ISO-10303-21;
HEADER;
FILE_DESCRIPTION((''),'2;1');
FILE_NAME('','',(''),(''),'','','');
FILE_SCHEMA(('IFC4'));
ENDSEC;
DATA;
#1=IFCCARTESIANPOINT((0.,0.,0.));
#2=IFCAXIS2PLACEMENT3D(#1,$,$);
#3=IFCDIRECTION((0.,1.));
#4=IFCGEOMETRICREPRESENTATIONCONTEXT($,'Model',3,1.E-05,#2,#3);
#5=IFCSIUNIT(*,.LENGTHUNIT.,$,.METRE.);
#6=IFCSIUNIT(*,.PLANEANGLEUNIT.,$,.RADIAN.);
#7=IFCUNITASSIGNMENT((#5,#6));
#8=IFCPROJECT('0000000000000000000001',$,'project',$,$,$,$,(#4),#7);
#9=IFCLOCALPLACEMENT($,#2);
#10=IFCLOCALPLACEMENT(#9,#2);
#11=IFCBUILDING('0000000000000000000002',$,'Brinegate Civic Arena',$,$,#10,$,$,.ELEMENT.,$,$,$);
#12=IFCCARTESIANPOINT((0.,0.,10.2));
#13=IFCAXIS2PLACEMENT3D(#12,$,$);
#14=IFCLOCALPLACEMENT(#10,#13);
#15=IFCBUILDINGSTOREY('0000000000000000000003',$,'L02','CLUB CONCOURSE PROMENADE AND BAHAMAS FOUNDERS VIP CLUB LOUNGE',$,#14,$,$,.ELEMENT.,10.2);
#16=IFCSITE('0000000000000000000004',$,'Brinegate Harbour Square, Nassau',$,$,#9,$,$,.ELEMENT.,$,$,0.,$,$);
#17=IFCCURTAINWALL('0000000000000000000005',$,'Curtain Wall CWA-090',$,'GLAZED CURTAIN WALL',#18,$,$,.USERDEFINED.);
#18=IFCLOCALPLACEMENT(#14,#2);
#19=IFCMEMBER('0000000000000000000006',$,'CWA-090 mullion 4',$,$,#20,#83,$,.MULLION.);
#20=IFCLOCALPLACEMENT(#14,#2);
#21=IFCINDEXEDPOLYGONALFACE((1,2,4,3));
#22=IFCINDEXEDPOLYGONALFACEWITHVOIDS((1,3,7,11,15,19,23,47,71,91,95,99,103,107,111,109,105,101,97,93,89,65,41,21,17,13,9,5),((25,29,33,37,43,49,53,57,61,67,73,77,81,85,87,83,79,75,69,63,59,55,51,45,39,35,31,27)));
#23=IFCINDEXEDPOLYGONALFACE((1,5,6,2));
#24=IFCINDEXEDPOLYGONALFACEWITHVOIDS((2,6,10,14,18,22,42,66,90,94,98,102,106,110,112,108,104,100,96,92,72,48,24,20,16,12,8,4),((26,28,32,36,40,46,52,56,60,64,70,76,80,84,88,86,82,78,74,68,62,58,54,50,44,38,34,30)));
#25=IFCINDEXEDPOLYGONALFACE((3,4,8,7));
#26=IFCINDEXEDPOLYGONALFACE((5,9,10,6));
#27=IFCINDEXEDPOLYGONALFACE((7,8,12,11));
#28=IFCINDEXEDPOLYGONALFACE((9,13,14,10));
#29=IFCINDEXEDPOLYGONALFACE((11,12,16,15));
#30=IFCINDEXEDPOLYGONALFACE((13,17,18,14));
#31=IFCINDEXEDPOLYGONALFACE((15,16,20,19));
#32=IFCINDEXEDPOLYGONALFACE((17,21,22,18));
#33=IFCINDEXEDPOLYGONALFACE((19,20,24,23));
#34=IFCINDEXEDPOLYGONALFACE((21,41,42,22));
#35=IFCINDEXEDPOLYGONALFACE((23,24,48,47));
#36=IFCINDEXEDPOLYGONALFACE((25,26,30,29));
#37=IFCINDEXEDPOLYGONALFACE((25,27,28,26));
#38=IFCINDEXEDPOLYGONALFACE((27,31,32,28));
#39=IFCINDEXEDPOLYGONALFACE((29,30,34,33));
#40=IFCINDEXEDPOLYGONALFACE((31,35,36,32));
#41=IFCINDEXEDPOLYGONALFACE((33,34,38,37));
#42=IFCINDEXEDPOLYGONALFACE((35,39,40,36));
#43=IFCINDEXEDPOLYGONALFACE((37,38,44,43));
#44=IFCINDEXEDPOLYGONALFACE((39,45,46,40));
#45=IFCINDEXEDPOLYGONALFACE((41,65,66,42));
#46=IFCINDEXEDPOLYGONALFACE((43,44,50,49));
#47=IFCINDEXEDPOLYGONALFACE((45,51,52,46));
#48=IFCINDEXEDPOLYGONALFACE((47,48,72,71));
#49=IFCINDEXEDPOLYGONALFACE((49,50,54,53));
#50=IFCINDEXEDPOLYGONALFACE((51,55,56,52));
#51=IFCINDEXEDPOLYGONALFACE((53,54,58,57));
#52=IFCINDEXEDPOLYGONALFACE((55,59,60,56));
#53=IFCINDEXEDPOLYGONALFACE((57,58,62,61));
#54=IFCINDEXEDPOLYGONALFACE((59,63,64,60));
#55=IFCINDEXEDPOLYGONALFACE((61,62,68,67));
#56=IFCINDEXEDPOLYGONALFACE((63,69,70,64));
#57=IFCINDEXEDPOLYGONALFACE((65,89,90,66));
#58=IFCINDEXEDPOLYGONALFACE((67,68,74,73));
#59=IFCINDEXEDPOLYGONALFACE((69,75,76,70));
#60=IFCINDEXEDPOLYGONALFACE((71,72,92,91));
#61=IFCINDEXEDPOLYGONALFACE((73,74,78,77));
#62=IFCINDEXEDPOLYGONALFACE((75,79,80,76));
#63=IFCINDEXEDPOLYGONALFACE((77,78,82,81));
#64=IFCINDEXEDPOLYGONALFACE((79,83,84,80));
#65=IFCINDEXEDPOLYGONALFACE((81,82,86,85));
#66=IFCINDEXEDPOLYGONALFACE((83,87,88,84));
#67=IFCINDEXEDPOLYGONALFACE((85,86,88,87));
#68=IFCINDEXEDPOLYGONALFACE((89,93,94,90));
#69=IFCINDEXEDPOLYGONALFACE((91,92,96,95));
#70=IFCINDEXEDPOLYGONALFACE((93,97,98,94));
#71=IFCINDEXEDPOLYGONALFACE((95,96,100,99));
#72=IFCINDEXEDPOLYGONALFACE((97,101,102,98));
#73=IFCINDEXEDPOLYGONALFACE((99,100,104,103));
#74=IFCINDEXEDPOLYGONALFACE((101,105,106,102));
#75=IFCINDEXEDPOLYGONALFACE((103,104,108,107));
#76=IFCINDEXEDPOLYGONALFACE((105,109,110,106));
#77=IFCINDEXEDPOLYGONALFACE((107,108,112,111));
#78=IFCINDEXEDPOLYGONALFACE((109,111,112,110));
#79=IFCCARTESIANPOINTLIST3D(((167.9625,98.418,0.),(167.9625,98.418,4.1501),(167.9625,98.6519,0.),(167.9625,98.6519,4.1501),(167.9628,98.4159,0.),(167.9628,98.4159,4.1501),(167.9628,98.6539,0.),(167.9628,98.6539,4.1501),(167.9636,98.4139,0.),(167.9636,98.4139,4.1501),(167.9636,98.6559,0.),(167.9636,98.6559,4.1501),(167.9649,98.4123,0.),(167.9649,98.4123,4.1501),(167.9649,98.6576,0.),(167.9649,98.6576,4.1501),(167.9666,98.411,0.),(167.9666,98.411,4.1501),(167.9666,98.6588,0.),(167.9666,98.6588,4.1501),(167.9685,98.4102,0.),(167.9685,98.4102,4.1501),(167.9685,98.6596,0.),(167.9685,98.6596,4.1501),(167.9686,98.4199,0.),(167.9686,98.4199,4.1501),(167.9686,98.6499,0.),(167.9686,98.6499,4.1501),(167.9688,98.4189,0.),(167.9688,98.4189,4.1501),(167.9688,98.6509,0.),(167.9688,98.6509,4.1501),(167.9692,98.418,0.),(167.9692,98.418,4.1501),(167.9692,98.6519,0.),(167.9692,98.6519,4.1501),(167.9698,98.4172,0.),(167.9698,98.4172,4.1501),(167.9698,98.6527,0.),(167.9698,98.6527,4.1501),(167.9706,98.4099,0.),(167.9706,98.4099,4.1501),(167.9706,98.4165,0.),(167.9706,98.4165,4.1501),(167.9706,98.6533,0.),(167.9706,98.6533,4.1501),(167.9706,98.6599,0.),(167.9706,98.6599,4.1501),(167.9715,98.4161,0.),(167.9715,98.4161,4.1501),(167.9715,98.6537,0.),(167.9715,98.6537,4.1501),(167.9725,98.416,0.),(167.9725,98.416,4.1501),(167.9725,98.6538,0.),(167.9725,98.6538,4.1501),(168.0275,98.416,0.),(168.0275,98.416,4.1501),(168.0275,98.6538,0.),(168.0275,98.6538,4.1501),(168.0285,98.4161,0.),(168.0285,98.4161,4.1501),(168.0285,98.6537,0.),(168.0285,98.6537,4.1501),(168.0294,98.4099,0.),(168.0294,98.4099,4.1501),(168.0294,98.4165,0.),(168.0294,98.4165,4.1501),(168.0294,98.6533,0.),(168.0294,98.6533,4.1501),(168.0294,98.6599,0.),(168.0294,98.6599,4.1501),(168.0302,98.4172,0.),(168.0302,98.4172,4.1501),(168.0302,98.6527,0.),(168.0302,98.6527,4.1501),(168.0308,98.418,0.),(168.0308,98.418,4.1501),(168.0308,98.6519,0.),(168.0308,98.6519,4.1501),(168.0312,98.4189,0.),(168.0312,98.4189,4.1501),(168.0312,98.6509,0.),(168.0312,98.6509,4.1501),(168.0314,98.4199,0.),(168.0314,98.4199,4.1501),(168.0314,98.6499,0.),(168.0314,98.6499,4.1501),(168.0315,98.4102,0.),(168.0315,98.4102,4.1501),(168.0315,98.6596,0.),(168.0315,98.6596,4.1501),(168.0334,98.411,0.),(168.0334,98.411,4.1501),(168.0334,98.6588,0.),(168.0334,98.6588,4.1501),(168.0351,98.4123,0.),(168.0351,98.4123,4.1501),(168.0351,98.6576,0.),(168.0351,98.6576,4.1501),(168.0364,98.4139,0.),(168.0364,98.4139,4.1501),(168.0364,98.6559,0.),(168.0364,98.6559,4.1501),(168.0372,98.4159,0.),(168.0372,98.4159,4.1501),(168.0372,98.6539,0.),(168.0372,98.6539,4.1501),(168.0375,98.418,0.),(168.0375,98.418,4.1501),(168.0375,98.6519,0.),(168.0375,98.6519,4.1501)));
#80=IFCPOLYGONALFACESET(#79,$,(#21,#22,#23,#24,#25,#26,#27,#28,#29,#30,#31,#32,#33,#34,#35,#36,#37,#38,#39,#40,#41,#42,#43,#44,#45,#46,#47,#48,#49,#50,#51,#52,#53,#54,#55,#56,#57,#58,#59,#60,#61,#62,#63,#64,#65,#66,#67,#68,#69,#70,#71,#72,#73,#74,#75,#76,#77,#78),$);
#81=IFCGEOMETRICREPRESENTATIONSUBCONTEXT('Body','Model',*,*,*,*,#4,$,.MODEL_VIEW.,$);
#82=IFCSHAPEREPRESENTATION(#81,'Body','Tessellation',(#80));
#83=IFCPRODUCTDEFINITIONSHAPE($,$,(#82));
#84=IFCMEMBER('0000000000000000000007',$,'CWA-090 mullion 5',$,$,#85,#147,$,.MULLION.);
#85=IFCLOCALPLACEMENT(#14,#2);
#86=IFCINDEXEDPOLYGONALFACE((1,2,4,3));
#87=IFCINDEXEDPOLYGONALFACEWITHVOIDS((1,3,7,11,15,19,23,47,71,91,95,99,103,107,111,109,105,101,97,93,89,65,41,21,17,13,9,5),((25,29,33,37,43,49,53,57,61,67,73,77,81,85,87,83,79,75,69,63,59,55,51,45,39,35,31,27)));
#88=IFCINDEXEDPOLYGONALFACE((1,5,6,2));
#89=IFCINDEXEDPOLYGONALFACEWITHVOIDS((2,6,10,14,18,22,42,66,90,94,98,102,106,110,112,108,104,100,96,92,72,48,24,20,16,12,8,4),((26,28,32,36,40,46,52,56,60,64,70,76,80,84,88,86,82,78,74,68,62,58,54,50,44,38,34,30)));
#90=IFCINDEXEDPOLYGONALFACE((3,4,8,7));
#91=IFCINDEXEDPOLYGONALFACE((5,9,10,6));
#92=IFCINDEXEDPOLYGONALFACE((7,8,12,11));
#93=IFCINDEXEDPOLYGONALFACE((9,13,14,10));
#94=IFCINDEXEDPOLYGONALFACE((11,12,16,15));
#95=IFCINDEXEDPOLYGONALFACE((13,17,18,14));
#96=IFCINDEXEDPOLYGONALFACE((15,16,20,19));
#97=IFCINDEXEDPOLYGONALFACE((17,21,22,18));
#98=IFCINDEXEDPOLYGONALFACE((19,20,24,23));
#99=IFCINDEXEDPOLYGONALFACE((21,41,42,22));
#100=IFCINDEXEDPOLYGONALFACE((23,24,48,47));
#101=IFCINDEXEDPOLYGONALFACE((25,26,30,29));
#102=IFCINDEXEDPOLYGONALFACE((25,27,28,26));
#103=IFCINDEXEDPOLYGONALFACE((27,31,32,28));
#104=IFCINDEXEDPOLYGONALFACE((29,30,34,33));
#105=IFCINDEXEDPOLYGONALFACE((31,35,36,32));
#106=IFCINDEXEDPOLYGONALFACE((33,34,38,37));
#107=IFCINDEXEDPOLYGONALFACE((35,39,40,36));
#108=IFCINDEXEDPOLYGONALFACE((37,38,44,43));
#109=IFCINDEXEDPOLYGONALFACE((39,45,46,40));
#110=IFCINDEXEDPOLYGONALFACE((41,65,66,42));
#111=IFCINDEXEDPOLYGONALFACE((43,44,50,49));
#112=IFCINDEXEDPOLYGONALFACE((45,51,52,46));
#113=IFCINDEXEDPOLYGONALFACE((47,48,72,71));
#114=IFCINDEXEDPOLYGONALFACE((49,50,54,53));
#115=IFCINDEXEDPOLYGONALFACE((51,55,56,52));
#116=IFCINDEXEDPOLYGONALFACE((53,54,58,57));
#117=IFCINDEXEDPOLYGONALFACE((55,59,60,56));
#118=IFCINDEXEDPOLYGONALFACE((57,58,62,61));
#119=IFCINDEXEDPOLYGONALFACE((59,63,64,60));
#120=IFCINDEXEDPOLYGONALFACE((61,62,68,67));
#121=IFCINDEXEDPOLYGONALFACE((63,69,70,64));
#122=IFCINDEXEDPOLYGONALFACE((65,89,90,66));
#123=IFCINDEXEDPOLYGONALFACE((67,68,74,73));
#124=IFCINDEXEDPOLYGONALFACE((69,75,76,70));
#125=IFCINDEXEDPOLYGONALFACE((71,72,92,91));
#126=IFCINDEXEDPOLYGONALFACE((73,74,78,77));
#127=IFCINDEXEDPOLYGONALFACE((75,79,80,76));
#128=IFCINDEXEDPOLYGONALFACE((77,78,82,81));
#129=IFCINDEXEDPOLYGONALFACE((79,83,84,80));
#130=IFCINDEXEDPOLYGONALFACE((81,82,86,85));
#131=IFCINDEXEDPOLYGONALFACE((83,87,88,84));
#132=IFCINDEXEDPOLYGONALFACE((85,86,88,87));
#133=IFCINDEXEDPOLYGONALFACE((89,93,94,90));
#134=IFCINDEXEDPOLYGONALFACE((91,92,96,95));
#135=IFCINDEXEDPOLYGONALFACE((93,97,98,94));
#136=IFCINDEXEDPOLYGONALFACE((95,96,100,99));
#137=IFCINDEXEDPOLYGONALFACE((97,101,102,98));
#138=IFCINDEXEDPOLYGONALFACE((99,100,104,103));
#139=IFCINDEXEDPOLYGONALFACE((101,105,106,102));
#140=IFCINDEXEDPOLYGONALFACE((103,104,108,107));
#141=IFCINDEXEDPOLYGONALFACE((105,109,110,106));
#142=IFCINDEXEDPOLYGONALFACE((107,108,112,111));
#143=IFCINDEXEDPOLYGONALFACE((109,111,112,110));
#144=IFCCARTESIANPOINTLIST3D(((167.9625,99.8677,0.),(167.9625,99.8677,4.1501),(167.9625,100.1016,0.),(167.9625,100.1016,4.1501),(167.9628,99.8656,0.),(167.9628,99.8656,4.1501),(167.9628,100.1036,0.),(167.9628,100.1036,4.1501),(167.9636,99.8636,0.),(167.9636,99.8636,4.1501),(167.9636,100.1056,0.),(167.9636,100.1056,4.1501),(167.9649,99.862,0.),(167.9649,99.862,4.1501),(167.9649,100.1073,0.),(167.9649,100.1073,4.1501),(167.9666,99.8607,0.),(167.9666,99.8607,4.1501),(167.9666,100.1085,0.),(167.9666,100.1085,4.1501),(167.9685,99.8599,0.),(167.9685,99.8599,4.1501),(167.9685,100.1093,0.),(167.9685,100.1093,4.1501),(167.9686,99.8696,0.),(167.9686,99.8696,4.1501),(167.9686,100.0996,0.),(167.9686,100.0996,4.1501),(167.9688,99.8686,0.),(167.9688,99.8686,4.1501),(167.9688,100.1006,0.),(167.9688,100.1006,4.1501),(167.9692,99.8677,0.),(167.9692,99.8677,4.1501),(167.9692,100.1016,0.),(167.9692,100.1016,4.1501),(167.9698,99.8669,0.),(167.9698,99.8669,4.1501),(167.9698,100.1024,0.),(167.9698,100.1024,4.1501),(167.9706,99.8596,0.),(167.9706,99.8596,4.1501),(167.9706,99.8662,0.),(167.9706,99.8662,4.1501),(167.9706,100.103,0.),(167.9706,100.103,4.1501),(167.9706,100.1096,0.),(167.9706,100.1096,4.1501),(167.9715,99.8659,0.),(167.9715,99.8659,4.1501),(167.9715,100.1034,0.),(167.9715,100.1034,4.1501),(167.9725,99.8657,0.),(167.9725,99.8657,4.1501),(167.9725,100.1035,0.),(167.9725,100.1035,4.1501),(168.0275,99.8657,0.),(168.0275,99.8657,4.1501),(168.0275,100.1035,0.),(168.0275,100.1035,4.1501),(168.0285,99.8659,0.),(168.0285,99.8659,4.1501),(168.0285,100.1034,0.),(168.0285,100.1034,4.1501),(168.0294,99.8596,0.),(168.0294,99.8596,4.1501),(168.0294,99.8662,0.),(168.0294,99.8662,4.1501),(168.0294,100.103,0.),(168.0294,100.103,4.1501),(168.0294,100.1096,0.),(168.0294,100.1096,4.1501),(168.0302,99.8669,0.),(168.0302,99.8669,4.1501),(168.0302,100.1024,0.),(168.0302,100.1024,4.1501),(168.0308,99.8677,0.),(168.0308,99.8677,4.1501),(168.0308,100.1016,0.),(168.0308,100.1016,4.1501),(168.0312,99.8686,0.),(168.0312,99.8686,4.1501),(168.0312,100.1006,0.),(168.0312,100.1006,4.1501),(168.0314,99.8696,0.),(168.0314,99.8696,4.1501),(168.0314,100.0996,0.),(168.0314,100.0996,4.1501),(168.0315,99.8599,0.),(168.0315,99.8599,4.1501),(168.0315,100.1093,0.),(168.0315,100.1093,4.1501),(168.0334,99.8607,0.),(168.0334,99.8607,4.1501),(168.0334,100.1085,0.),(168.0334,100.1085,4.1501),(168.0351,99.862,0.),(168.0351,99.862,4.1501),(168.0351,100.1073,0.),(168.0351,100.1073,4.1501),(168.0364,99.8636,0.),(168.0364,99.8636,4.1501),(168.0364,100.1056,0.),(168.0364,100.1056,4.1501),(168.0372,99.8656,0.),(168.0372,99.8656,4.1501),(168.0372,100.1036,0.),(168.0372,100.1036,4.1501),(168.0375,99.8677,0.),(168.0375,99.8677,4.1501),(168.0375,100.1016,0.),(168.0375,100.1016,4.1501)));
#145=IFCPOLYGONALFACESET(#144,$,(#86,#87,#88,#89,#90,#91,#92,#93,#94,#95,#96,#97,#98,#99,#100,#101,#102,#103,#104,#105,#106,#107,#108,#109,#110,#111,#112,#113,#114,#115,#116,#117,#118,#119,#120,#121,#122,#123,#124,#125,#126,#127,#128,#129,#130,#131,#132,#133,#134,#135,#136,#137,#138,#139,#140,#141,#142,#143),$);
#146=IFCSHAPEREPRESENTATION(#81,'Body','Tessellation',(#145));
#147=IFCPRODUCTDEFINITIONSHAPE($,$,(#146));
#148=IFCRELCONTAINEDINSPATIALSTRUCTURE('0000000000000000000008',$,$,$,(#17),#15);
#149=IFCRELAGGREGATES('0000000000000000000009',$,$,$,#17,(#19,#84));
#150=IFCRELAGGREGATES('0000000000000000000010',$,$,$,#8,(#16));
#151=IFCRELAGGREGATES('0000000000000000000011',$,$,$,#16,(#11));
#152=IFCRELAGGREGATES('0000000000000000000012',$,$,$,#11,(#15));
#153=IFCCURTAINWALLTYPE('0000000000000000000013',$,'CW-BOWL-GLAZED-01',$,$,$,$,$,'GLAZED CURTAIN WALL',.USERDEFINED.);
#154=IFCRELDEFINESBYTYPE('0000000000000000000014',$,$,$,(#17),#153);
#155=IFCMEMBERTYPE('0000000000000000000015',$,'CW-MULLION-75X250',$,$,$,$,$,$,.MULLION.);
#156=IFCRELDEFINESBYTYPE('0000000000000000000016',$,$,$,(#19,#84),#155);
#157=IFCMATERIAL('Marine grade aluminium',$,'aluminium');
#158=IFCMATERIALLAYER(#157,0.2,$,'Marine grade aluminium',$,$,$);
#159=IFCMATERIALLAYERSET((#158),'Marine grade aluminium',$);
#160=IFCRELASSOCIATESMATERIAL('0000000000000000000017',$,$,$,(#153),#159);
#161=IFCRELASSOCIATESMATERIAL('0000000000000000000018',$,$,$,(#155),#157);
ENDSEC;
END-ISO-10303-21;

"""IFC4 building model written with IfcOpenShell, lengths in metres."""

from ifc_helpers import new_model, si_unit, direction, frame, origin, origin_2d, place, context, subcontext, project, spatial, hollow_rectangle, extrude, material, layer, layer_set, material_profile, profile_set, type_object, element, aggregate, save


model = new_model("IFC4")

# Units and contexts
model_context = context("Model", 3, precision=1e-05, world=origin(), true_north=direction((0.0, 1.0)))
body_context = subcontext(model_context, "Body", "Model", "MODEL_VIEW")
ifc_project = project(units=[si_unit("LENGTHUNIT", "METRE"), si_unit("PLANEANGLEUNIT", "RADIAN")], contexts=[model_context])

# Site, building, storey
site_placement = place(None, origin())
site = spatial("IfcSite", under=ifc_project, at=site_placement, Name="Brinegate Harbour Square, Nassau", CompositionType="ELEMENT", RefElevation=0.0)
building_placement = place(site_placement, origin())
building = spatial("IfcBuilding", under=site, at=building_placement, Name="Brinegate Civic Arena", CompositionType="ELEMENT")
storey_placement = place(building_placement, frame((0.0, 0.0, 10.2)))
storey = spatial("IfcBuildingStorey", under=building, at=storey_placement, Name="L02", Description="CLUB CONCOURSE PROMENADE AND BAHAMAS FOUNDERS VIP CLUB LOUNGE", CompositionType="ELEMENT", Elevation=10.2)

# Shared definitions
ifc_material_1 = material(Name="Marine grade aluminium", Category="aluminium")
ifc_layer_1 = layer(ifc_material_1, 0.2, Name="Marine grade aluminium")
ifc_layer_set_1 = layer_set([ifc_layer_1], Name="Marine grade aluminium")
curtain_wall_type = type_object("IfcCurtainWallType", Name="CW-BOWL-GLAZED-01", ElementType="GLAZED CURTAIN WALL", PredefinedType="USERDEFINED", material=ifc_layer_set_1)

# Curtain wall, members
curtain_wall_1_placement = place(storey_placement, origin())
curtain_wall_1 = element("IfcCurtainWall", 1, at=curtain_wall_1_placement, inside=storey, type_object=curtain_wall_type, Name="Curtain Wall CWA-090", ObjectType="GLAZED CURTAIN WALL", PredefinedType="USERDEFINED")
ifc_material_profile_1 = material_profile(ifc_material_1, hollow_rectangle(XDim=0.075, YDim=0.25, WallThickness=0.0061, InnerFilletRadius=0.0039, OuterFilletRadius=0.0081, at=origin_2d()), Name="MUL75X250")
ifc_profile_set_1 = profile_set([ifc_material_profile_1], Name="Marine grade aluminium")
member_type_1 = type_object("IfcMemberType", Name="CW-MULLION-75X250", PredefinedType="MULLION", material=ifc_profile_set_1)
member_1_placement = place(storey_placement, frame((168.0, 98.5349, 0.0), z_axis=(0.0, 0.0, 1.0), x_axis=(-1.0, 0.0, 0.0)))
member_1 = element("IfcMember", 2, at=member_1_placement, type_object=member_type_1, Name="CWA-090 mullion 4", PredefinedType="MULLION", context=body_context, shape_type="SweptSolid", body=[
    extrude(hollow_rectangle(XDim=0.075, YDim=0.25, WallThickness=0.0061, InnerFilletRadius=0.0039, OuterFilletRadius=0.0081, at=origin_2d()), origin(), (0.0, 0.0, 1.0), 4.1501),
])
member_2_placement = place(storey_placement, frame((168.0, 99.9846, 0.0), z_axis=(0.0, 0.0, 1.0), x_axis=(-1.0, 0.0, 0.0)))
member_2 = element("IfcMember", 3, at=member_2_placement, type_object=member_type_1, Name="CWA-090 mullion 5", PredefinedType="MULLION", context=body_context, shape_type="SweptSolid", body=[
    extrude(hollow_rectangle(XDim=0.075, YDim=0.25, WallThickness=0.0061, InnerFilletRadius=0.0039, OuterFilletRadius=0.0081, at=origin_2d()), origin(), (0.0, 0.0, 1.0), 4.1501),
])

aggregate(curtain_wall_1, [member_1, member_2])

save(model, "model.ifc")
